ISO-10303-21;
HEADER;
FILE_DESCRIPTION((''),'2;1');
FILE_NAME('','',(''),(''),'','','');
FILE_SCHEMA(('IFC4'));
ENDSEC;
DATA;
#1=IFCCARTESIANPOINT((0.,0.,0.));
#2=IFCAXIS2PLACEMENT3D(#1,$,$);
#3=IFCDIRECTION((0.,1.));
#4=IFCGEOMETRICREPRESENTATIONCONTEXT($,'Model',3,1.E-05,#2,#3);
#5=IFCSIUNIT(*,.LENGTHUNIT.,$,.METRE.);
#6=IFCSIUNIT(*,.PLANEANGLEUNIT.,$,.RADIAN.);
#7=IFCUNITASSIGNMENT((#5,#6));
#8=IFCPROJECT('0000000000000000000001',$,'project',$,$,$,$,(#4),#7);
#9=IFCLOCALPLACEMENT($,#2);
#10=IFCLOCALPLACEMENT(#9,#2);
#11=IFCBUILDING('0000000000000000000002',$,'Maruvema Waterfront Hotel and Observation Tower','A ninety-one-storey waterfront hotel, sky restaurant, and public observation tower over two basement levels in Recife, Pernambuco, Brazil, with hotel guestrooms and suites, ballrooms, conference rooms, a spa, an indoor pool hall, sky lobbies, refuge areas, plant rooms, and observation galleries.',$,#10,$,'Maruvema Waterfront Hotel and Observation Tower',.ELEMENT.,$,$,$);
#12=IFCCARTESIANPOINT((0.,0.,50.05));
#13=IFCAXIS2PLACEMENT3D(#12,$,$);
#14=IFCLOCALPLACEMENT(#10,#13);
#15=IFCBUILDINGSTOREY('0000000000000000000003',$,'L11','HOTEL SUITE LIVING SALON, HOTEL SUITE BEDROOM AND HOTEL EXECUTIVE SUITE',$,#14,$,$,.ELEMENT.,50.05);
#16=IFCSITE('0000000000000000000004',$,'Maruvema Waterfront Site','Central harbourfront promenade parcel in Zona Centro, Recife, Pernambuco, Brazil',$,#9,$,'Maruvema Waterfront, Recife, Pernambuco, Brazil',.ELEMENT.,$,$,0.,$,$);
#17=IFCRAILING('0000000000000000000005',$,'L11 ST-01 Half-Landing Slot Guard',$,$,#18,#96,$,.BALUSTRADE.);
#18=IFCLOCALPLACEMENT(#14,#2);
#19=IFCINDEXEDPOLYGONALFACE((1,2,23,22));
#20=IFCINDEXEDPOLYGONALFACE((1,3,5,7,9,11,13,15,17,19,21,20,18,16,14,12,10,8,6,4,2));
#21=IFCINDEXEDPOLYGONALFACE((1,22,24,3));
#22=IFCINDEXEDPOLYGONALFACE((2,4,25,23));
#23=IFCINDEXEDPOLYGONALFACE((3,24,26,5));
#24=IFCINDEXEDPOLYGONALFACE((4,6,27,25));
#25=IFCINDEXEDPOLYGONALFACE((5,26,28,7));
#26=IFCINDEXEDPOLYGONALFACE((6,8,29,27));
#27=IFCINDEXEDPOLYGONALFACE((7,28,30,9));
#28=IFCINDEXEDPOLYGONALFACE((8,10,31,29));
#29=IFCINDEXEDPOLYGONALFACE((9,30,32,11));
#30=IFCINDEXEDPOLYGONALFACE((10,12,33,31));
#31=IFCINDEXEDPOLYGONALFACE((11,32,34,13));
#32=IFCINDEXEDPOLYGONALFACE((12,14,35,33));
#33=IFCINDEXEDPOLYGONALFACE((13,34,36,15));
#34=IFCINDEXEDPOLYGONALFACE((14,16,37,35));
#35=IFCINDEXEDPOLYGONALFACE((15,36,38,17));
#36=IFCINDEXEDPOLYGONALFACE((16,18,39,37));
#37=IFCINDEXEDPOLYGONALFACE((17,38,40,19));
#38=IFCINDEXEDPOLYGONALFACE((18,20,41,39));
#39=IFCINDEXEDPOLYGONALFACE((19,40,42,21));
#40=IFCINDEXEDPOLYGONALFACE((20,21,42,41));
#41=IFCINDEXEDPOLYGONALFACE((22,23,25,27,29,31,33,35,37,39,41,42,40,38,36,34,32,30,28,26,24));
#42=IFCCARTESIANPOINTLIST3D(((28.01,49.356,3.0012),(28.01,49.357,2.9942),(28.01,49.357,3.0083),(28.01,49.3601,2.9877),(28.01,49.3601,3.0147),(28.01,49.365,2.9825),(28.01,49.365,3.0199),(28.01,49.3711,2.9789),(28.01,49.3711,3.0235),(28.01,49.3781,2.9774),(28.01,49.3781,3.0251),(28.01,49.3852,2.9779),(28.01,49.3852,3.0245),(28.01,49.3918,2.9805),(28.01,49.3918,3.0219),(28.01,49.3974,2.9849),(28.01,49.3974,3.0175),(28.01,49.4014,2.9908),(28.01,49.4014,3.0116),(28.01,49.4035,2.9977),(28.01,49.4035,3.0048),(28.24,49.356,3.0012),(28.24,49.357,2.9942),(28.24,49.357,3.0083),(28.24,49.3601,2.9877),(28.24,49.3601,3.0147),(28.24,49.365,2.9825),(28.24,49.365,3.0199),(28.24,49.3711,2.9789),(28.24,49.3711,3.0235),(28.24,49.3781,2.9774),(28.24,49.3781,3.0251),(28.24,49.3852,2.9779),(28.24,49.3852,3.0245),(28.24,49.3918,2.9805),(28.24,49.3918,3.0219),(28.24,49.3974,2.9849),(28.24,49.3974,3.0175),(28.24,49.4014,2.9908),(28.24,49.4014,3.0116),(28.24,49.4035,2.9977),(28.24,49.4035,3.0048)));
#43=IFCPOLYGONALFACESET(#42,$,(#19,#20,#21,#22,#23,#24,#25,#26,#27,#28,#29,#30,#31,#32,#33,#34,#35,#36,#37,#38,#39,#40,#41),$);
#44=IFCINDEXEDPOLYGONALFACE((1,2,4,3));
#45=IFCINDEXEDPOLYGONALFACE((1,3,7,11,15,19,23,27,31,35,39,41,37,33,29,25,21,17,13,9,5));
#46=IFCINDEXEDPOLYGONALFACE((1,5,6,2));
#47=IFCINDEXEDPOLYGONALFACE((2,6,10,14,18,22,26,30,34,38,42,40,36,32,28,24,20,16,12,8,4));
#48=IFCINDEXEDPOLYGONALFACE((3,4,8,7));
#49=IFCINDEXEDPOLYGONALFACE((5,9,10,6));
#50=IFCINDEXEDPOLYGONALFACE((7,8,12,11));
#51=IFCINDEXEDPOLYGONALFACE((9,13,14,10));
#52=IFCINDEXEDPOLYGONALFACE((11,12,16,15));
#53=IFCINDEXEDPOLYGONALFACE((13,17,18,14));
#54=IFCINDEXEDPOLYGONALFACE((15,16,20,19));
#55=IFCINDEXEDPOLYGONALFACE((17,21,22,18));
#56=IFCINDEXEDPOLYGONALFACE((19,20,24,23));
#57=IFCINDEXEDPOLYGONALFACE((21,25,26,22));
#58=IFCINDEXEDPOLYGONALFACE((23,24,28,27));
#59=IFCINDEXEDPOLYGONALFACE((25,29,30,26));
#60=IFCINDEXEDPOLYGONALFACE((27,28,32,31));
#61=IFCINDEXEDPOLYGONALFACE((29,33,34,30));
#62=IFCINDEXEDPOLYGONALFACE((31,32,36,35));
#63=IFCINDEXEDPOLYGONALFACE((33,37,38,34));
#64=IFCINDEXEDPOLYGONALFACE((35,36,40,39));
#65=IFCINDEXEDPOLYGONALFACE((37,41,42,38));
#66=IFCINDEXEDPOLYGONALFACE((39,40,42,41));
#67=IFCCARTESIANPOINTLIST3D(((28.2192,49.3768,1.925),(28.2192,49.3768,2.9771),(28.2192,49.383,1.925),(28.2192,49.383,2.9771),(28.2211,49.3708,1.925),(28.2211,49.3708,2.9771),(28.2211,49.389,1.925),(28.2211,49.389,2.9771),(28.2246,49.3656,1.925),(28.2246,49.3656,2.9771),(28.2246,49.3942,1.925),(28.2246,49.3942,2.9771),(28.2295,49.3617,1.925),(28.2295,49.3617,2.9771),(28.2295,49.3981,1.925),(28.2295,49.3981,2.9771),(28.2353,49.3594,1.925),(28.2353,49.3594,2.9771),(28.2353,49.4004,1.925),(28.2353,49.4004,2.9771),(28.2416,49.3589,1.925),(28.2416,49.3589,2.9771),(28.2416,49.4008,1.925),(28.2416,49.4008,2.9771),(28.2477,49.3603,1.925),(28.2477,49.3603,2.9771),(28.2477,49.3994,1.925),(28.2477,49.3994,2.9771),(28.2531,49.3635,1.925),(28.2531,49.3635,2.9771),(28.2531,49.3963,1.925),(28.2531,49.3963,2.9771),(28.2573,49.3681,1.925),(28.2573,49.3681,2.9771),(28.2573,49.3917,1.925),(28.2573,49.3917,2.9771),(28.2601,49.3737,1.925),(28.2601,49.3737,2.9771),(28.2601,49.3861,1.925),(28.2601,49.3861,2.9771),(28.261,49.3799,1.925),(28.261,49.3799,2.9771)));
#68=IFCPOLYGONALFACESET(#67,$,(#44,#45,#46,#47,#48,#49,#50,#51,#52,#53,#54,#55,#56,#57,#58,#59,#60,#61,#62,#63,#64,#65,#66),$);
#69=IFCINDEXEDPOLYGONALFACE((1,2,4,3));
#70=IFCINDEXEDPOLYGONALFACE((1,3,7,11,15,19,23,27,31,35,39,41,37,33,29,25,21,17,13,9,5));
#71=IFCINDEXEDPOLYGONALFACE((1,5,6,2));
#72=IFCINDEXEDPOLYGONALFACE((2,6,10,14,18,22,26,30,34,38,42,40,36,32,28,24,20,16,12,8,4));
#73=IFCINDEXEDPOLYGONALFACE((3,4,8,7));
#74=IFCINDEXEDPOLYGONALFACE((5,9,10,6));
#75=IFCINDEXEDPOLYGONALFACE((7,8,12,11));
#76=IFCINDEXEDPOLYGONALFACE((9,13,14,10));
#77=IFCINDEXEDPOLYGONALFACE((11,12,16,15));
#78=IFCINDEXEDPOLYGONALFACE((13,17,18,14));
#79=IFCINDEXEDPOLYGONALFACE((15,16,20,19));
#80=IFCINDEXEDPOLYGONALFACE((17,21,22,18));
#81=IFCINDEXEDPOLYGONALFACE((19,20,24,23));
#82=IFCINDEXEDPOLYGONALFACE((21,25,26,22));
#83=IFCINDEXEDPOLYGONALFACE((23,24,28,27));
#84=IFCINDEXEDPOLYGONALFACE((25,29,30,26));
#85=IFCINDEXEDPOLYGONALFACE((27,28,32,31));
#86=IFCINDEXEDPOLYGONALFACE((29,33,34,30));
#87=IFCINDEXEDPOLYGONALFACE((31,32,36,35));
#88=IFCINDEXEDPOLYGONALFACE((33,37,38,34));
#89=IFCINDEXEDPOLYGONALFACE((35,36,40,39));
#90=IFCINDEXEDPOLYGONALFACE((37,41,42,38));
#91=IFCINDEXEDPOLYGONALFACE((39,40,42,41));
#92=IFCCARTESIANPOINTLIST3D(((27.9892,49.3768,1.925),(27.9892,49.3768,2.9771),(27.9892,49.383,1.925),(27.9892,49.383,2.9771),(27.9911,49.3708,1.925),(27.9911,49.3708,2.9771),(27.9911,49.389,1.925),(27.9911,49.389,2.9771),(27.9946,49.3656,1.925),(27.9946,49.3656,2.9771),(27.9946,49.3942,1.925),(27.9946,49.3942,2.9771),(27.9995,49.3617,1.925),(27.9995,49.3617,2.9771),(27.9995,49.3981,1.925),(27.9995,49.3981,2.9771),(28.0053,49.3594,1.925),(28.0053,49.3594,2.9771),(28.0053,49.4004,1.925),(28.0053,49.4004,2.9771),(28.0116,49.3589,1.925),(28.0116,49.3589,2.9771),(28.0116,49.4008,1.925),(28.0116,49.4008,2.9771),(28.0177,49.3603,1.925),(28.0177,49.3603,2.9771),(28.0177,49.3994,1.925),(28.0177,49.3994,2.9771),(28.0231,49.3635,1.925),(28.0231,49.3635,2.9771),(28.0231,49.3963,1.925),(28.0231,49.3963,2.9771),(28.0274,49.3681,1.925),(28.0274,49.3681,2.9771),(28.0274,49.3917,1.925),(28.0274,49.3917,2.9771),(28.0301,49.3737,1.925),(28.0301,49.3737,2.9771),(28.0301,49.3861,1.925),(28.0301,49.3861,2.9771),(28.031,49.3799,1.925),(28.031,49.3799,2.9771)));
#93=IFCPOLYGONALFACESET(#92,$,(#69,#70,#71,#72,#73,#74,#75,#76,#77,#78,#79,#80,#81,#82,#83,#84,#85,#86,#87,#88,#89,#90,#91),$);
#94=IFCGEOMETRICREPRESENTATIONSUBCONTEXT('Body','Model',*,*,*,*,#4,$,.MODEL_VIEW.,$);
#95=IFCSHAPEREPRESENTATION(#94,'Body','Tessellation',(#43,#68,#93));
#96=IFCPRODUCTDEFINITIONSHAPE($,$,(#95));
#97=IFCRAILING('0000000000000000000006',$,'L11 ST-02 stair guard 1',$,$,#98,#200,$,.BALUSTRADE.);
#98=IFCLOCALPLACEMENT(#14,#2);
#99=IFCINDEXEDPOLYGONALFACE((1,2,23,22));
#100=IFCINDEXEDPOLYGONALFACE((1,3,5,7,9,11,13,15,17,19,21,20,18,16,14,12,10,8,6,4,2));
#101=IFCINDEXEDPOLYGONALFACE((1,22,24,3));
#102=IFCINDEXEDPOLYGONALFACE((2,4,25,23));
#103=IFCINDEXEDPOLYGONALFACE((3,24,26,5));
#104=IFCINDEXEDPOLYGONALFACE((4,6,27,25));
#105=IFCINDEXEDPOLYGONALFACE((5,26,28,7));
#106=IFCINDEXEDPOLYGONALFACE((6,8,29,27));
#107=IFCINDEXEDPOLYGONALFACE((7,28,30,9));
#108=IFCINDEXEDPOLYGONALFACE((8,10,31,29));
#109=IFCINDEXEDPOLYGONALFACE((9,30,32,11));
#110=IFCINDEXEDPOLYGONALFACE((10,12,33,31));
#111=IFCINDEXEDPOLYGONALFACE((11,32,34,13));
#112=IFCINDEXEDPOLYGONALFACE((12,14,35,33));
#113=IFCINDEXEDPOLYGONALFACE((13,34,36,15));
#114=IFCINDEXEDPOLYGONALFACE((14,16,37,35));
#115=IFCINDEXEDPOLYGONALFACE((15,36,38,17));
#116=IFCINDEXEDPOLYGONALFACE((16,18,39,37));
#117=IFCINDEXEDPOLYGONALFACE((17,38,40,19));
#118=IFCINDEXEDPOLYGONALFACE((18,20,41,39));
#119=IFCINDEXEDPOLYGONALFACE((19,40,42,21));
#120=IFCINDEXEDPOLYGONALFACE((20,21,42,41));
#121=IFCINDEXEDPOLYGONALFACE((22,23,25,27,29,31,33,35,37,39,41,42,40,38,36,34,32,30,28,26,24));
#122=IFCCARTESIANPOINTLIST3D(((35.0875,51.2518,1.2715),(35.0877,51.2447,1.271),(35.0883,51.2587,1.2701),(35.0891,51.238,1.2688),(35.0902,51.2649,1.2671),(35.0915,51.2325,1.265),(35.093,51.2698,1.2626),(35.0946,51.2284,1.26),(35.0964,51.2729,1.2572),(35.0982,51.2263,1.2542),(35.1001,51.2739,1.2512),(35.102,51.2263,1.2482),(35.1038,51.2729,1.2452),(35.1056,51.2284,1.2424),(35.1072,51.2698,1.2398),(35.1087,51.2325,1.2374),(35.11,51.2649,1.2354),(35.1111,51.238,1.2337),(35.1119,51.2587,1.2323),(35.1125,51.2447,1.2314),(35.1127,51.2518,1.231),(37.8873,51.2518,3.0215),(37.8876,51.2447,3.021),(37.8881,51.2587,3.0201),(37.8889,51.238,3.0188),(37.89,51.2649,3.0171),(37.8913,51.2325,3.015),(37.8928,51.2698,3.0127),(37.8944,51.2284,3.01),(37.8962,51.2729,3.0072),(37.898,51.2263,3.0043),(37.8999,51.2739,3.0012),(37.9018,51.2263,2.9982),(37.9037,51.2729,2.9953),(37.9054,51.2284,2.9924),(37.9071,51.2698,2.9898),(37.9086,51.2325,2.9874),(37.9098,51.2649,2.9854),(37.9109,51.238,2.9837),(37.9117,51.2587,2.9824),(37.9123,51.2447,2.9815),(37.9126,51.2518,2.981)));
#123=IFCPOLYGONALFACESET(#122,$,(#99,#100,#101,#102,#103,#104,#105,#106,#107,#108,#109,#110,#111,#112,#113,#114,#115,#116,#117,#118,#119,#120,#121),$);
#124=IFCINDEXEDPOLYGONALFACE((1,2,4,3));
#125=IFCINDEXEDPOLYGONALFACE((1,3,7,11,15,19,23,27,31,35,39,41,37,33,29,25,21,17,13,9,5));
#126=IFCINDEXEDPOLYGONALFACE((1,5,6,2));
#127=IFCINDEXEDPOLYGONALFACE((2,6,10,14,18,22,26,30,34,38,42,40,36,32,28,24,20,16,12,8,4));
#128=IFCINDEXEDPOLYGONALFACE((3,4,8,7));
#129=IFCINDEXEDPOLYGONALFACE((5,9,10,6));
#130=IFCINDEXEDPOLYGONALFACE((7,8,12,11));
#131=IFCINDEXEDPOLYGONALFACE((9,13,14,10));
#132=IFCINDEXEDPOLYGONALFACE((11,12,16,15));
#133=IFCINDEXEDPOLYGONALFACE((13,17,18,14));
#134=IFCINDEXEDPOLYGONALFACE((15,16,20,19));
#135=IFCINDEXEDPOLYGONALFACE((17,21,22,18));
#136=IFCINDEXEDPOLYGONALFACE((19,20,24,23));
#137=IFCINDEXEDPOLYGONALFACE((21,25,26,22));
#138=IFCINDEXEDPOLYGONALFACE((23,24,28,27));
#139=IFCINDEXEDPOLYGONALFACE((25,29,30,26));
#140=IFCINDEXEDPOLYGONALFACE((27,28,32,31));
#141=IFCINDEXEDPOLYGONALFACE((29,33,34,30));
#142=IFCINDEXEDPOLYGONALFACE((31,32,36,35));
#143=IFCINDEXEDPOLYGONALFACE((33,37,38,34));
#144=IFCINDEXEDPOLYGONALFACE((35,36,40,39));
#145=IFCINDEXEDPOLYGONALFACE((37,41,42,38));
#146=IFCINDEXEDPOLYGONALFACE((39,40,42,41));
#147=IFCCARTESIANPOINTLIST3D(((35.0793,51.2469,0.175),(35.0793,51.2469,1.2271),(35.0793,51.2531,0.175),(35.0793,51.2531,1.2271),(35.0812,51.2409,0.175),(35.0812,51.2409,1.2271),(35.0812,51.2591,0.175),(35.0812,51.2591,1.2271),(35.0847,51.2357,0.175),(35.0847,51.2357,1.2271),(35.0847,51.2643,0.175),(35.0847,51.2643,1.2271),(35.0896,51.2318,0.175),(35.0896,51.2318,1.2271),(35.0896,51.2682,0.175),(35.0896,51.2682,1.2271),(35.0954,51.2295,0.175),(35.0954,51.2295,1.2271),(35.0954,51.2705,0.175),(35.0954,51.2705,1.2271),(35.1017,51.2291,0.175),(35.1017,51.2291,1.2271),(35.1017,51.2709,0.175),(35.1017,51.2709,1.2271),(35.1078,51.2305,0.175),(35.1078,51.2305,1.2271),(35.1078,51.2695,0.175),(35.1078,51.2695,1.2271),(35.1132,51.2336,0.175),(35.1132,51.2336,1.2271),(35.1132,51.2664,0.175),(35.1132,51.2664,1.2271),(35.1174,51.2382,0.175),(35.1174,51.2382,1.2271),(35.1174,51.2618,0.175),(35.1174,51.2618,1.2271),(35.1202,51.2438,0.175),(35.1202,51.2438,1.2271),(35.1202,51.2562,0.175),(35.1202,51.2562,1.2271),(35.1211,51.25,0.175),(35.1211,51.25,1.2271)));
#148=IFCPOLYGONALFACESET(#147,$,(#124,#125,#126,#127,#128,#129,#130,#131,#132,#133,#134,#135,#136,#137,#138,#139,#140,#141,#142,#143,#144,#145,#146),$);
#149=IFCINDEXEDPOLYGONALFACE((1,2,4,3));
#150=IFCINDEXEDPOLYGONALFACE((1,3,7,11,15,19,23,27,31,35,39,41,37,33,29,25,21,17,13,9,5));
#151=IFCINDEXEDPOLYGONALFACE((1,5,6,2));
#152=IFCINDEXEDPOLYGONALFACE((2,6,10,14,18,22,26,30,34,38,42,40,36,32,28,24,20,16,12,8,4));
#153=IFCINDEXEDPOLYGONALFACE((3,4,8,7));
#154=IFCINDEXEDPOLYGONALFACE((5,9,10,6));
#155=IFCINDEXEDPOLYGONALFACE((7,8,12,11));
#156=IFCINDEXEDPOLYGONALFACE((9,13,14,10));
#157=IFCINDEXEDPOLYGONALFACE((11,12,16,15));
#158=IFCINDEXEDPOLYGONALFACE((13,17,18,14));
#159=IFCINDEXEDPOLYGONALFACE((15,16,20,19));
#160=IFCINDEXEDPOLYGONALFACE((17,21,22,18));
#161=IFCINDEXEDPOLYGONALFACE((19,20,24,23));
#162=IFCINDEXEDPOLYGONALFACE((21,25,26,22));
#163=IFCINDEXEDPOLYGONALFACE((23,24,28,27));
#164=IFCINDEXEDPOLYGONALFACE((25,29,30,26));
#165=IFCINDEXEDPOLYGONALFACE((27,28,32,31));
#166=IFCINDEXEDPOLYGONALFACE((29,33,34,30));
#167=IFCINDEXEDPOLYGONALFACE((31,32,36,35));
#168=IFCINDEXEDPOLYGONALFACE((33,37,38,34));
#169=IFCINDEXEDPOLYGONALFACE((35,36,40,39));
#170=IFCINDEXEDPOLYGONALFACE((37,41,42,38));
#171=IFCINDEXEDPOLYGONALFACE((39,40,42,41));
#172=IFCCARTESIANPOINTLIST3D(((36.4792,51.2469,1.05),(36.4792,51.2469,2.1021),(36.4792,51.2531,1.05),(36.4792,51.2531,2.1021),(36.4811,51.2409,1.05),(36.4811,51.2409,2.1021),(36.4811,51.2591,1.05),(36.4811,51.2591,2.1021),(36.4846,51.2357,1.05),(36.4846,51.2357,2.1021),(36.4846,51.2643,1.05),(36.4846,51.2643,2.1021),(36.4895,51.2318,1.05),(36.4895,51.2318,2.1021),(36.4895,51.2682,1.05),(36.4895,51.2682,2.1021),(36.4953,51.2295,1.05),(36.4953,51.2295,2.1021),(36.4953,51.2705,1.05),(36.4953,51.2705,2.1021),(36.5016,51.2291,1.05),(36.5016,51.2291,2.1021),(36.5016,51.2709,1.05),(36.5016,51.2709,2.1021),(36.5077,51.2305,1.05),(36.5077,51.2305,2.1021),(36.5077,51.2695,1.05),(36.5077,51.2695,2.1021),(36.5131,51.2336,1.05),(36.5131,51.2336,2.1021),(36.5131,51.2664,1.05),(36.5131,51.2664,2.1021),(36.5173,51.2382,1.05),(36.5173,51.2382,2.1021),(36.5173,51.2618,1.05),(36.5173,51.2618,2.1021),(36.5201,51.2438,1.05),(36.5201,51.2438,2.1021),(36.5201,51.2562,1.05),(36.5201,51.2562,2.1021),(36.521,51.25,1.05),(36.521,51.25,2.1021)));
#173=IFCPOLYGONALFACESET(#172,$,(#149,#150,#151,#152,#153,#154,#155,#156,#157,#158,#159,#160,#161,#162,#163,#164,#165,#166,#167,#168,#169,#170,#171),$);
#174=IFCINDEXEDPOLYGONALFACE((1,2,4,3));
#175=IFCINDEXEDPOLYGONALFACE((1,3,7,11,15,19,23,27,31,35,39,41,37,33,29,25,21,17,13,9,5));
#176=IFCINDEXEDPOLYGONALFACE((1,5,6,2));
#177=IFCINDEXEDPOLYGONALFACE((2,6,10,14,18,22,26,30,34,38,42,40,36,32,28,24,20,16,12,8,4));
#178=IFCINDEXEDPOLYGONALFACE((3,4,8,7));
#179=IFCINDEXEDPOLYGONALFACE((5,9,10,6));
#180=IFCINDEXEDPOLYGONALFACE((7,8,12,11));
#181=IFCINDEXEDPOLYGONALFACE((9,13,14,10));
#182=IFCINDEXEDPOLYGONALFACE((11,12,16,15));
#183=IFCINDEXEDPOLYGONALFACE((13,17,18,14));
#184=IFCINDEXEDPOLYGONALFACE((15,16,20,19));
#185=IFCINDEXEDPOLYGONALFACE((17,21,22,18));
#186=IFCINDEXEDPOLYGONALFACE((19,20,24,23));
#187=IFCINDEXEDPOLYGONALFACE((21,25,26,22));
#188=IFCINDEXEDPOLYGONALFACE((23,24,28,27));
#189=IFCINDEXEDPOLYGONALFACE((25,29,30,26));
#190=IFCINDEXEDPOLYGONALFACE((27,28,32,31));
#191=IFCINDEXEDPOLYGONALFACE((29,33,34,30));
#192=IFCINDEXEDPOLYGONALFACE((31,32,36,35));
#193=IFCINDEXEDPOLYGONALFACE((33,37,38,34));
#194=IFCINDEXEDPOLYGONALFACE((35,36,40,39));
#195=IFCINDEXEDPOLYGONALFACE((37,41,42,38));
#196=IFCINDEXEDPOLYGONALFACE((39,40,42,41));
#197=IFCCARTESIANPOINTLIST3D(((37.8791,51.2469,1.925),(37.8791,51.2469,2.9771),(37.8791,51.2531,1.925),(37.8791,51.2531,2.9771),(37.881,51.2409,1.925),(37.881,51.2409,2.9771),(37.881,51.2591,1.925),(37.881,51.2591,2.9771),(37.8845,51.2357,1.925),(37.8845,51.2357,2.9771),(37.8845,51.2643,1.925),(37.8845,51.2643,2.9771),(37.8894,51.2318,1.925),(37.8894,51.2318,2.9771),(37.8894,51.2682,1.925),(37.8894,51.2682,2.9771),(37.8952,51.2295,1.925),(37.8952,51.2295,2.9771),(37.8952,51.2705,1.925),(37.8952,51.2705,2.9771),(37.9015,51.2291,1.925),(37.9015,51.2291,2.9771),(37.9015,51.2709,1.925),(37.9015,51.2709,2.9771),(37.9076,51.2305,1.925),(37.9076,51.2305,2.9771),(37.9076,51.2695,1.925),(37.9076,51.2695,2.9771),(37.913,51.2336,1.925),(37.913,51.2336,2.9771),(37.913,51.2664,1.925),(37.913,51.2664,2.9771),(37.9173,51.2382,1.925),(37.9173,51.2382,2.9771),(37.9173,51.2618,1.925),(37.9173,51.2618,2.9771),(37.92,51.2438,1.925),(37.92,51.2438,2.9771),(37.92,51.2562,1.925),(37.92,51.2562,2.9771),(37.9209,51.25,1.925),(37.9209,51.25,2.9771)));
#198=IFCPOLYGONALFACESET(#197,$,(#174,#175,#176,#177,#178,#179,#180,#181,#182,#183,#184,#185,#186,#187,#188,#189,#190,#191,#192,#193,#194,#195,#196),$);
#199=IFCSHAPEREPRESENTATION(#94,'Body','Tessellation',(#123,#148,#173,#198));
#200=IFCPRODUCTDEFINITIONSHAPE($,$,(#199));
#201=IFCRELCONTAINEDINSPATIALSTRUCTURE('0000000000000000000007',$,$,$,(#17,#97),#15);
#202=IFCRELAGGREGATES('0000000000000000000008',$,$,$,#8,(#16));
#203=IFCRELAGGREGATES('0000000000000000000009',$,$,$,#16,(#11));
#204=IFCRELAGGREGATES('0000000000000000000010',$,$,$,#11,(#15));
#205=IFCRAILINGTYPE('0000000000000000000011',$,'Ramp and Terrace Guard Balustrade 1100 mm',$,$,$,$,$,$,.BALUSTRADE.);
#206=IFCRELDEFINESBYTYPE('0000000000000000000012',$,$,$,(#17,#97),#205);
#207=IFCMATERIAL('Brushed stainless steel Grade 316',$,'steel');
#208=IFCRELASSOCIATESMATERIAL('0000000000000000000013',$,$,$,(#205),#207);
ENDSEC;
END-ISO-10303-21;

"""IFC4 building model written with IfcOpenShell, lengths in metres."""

from ifc_helpers import new_model, si_unit, direction, frame, origin, origin_2d, place, context, subcontext, project, spatial, circle, extrude, material, type_object, element, save


model = new_model("IFC4")

# Units and contexts
model_context = context("Model", 3, precision=1e-05, world=origin(), true_north=direction((0.0, 1.0)))
body_context = subcontext(model_context, "Body", "Model", "MODEL_VIEW")
ifc_project = project(units=[si_unit("LENGTHUNIT", "METRE"), si_unit("PLANEANGLEUNIT", "RADIAN")], contexts=[model_context])

# Site, building, storey
site_placement = place(None, origin())
site = spatial("IfcSite", under=ifc_project, at=site_placement, Name="Maruvema Waterfront Site", Description="Central harbourfront promenade parcel in Zona Centro, Recife, Pernambuco, Brazil", LongName="Maruvema Waterfront, Recife, Pernambuco, Brazil", CompositionType="ELEMENT", RefElevation=0.0)
building_placement = place(site_placement, origin())
building = spatial("IfcBuilding", under=site, at=building_placement, Name="Maruvema Waterfront Hotel and Observation Tower", Description="A ninety-one-storey waterfront hotel, sky restaurant, and public observation tower over two basement levels in Recife, Pernambuco, Brazil, with hotel guestrooms and suites, ballrooms, conference rooms, a spa, an indoor pool hall, sky lobbies, refuge areas, plant rooms, and observation galleries.", LongName="Maruvema Waterfront Hotel and Observation Tower", CompositionType="ELEMENT")
storey_placement = place(building_placement, frame((0.0, 0.0, 50.05)))
storey = spatial("IfcBuildingStorey", under=building, at=storey_placement, Name="L11", Description="HOTEL SUITE LIVING SALON, HOTEL SUITE BEDROOM AND HOTEL EXECUTIVE SUITE", CompositionType="ELEMENT", Elevation=50.05)

# Railings
ifc_material_1 = material(Name="Brushed stainless steel Grade 316", Category="steel")
railing_type_1 = type_object("IfcRailingType", Name="Ramp and Terrace Guard Balustrade 1100 mm", PredefinedType="BALUSTRADE", material=ifc_material_1)
railing_1_placement = place(storey_placement, frame((28.24, 49.3799, 1.925)))
element("IfcRailing", 1, at=railing_1_placement, inside=storey, type_object=railing_type_1, Name="L11 ST-01 Half-Landing Slot Guard", PredefinedType="BALUSTRADE", context=body_context, shape_type="SweptSolid", body=[
    extrude(circle(Radius=0.0239, at=origin_2d()), frame((0.0, 0.0, 1.0762), z_axis=(-1.0, 0.0, 0.0), x_axis=(0.0, -1.0, 0.0)), (0.0, 0.0, 1.0), 0.23),
    extrude(circle(Radius=0.021, at=origin_2d()), origin(), (0.0, 0.0, 1.0), 1.052),
    extrude(circle(Radius=0.021, at=origin_2d()), frame((-0.23, 0.0, 0.0)), (0.0, 0.0, 1.0), 1.052),
])
railing_2_placement = place(storey_placement, frame((35.1001, 51.25, 0.175)))
element("IfcRailing", 2, at=railing_2_placement, inside=storey, type_object=railing_type_1, Name="L11 ST-02 stair guard 1", PredefinedType="BALUSTRADE", context=body_context, shape_type="SweptSolid", body=[
    extrude(circle(Radius=0.0239, at=origin_2d()), frame((0.0, 0.0, 1.0762), z_axis=(0.847982, 0.0, 0.530026), x_axis=(0.0, 1.0, 0.0)), (0.0, 0.0, 1.0), 3.3018),
    extrude(circle(Radius=0.021, at=origin_2d()), origin(), (0.0, 0.0, 1.0), 1.052),
    extrude(circle(Radius=0.021, at=origin_2d()), frame((1.3999, 0.0, 0.875)), (0.0, 0.0, 1.0), 1.052),
    extrude(circle(Radius=0.021, at=origin_2d()), frame((2.7998, 0.0, 1.75)), (0.0, 0.0, 1.0), 1.052),
])

save(model, "model.ifc")
